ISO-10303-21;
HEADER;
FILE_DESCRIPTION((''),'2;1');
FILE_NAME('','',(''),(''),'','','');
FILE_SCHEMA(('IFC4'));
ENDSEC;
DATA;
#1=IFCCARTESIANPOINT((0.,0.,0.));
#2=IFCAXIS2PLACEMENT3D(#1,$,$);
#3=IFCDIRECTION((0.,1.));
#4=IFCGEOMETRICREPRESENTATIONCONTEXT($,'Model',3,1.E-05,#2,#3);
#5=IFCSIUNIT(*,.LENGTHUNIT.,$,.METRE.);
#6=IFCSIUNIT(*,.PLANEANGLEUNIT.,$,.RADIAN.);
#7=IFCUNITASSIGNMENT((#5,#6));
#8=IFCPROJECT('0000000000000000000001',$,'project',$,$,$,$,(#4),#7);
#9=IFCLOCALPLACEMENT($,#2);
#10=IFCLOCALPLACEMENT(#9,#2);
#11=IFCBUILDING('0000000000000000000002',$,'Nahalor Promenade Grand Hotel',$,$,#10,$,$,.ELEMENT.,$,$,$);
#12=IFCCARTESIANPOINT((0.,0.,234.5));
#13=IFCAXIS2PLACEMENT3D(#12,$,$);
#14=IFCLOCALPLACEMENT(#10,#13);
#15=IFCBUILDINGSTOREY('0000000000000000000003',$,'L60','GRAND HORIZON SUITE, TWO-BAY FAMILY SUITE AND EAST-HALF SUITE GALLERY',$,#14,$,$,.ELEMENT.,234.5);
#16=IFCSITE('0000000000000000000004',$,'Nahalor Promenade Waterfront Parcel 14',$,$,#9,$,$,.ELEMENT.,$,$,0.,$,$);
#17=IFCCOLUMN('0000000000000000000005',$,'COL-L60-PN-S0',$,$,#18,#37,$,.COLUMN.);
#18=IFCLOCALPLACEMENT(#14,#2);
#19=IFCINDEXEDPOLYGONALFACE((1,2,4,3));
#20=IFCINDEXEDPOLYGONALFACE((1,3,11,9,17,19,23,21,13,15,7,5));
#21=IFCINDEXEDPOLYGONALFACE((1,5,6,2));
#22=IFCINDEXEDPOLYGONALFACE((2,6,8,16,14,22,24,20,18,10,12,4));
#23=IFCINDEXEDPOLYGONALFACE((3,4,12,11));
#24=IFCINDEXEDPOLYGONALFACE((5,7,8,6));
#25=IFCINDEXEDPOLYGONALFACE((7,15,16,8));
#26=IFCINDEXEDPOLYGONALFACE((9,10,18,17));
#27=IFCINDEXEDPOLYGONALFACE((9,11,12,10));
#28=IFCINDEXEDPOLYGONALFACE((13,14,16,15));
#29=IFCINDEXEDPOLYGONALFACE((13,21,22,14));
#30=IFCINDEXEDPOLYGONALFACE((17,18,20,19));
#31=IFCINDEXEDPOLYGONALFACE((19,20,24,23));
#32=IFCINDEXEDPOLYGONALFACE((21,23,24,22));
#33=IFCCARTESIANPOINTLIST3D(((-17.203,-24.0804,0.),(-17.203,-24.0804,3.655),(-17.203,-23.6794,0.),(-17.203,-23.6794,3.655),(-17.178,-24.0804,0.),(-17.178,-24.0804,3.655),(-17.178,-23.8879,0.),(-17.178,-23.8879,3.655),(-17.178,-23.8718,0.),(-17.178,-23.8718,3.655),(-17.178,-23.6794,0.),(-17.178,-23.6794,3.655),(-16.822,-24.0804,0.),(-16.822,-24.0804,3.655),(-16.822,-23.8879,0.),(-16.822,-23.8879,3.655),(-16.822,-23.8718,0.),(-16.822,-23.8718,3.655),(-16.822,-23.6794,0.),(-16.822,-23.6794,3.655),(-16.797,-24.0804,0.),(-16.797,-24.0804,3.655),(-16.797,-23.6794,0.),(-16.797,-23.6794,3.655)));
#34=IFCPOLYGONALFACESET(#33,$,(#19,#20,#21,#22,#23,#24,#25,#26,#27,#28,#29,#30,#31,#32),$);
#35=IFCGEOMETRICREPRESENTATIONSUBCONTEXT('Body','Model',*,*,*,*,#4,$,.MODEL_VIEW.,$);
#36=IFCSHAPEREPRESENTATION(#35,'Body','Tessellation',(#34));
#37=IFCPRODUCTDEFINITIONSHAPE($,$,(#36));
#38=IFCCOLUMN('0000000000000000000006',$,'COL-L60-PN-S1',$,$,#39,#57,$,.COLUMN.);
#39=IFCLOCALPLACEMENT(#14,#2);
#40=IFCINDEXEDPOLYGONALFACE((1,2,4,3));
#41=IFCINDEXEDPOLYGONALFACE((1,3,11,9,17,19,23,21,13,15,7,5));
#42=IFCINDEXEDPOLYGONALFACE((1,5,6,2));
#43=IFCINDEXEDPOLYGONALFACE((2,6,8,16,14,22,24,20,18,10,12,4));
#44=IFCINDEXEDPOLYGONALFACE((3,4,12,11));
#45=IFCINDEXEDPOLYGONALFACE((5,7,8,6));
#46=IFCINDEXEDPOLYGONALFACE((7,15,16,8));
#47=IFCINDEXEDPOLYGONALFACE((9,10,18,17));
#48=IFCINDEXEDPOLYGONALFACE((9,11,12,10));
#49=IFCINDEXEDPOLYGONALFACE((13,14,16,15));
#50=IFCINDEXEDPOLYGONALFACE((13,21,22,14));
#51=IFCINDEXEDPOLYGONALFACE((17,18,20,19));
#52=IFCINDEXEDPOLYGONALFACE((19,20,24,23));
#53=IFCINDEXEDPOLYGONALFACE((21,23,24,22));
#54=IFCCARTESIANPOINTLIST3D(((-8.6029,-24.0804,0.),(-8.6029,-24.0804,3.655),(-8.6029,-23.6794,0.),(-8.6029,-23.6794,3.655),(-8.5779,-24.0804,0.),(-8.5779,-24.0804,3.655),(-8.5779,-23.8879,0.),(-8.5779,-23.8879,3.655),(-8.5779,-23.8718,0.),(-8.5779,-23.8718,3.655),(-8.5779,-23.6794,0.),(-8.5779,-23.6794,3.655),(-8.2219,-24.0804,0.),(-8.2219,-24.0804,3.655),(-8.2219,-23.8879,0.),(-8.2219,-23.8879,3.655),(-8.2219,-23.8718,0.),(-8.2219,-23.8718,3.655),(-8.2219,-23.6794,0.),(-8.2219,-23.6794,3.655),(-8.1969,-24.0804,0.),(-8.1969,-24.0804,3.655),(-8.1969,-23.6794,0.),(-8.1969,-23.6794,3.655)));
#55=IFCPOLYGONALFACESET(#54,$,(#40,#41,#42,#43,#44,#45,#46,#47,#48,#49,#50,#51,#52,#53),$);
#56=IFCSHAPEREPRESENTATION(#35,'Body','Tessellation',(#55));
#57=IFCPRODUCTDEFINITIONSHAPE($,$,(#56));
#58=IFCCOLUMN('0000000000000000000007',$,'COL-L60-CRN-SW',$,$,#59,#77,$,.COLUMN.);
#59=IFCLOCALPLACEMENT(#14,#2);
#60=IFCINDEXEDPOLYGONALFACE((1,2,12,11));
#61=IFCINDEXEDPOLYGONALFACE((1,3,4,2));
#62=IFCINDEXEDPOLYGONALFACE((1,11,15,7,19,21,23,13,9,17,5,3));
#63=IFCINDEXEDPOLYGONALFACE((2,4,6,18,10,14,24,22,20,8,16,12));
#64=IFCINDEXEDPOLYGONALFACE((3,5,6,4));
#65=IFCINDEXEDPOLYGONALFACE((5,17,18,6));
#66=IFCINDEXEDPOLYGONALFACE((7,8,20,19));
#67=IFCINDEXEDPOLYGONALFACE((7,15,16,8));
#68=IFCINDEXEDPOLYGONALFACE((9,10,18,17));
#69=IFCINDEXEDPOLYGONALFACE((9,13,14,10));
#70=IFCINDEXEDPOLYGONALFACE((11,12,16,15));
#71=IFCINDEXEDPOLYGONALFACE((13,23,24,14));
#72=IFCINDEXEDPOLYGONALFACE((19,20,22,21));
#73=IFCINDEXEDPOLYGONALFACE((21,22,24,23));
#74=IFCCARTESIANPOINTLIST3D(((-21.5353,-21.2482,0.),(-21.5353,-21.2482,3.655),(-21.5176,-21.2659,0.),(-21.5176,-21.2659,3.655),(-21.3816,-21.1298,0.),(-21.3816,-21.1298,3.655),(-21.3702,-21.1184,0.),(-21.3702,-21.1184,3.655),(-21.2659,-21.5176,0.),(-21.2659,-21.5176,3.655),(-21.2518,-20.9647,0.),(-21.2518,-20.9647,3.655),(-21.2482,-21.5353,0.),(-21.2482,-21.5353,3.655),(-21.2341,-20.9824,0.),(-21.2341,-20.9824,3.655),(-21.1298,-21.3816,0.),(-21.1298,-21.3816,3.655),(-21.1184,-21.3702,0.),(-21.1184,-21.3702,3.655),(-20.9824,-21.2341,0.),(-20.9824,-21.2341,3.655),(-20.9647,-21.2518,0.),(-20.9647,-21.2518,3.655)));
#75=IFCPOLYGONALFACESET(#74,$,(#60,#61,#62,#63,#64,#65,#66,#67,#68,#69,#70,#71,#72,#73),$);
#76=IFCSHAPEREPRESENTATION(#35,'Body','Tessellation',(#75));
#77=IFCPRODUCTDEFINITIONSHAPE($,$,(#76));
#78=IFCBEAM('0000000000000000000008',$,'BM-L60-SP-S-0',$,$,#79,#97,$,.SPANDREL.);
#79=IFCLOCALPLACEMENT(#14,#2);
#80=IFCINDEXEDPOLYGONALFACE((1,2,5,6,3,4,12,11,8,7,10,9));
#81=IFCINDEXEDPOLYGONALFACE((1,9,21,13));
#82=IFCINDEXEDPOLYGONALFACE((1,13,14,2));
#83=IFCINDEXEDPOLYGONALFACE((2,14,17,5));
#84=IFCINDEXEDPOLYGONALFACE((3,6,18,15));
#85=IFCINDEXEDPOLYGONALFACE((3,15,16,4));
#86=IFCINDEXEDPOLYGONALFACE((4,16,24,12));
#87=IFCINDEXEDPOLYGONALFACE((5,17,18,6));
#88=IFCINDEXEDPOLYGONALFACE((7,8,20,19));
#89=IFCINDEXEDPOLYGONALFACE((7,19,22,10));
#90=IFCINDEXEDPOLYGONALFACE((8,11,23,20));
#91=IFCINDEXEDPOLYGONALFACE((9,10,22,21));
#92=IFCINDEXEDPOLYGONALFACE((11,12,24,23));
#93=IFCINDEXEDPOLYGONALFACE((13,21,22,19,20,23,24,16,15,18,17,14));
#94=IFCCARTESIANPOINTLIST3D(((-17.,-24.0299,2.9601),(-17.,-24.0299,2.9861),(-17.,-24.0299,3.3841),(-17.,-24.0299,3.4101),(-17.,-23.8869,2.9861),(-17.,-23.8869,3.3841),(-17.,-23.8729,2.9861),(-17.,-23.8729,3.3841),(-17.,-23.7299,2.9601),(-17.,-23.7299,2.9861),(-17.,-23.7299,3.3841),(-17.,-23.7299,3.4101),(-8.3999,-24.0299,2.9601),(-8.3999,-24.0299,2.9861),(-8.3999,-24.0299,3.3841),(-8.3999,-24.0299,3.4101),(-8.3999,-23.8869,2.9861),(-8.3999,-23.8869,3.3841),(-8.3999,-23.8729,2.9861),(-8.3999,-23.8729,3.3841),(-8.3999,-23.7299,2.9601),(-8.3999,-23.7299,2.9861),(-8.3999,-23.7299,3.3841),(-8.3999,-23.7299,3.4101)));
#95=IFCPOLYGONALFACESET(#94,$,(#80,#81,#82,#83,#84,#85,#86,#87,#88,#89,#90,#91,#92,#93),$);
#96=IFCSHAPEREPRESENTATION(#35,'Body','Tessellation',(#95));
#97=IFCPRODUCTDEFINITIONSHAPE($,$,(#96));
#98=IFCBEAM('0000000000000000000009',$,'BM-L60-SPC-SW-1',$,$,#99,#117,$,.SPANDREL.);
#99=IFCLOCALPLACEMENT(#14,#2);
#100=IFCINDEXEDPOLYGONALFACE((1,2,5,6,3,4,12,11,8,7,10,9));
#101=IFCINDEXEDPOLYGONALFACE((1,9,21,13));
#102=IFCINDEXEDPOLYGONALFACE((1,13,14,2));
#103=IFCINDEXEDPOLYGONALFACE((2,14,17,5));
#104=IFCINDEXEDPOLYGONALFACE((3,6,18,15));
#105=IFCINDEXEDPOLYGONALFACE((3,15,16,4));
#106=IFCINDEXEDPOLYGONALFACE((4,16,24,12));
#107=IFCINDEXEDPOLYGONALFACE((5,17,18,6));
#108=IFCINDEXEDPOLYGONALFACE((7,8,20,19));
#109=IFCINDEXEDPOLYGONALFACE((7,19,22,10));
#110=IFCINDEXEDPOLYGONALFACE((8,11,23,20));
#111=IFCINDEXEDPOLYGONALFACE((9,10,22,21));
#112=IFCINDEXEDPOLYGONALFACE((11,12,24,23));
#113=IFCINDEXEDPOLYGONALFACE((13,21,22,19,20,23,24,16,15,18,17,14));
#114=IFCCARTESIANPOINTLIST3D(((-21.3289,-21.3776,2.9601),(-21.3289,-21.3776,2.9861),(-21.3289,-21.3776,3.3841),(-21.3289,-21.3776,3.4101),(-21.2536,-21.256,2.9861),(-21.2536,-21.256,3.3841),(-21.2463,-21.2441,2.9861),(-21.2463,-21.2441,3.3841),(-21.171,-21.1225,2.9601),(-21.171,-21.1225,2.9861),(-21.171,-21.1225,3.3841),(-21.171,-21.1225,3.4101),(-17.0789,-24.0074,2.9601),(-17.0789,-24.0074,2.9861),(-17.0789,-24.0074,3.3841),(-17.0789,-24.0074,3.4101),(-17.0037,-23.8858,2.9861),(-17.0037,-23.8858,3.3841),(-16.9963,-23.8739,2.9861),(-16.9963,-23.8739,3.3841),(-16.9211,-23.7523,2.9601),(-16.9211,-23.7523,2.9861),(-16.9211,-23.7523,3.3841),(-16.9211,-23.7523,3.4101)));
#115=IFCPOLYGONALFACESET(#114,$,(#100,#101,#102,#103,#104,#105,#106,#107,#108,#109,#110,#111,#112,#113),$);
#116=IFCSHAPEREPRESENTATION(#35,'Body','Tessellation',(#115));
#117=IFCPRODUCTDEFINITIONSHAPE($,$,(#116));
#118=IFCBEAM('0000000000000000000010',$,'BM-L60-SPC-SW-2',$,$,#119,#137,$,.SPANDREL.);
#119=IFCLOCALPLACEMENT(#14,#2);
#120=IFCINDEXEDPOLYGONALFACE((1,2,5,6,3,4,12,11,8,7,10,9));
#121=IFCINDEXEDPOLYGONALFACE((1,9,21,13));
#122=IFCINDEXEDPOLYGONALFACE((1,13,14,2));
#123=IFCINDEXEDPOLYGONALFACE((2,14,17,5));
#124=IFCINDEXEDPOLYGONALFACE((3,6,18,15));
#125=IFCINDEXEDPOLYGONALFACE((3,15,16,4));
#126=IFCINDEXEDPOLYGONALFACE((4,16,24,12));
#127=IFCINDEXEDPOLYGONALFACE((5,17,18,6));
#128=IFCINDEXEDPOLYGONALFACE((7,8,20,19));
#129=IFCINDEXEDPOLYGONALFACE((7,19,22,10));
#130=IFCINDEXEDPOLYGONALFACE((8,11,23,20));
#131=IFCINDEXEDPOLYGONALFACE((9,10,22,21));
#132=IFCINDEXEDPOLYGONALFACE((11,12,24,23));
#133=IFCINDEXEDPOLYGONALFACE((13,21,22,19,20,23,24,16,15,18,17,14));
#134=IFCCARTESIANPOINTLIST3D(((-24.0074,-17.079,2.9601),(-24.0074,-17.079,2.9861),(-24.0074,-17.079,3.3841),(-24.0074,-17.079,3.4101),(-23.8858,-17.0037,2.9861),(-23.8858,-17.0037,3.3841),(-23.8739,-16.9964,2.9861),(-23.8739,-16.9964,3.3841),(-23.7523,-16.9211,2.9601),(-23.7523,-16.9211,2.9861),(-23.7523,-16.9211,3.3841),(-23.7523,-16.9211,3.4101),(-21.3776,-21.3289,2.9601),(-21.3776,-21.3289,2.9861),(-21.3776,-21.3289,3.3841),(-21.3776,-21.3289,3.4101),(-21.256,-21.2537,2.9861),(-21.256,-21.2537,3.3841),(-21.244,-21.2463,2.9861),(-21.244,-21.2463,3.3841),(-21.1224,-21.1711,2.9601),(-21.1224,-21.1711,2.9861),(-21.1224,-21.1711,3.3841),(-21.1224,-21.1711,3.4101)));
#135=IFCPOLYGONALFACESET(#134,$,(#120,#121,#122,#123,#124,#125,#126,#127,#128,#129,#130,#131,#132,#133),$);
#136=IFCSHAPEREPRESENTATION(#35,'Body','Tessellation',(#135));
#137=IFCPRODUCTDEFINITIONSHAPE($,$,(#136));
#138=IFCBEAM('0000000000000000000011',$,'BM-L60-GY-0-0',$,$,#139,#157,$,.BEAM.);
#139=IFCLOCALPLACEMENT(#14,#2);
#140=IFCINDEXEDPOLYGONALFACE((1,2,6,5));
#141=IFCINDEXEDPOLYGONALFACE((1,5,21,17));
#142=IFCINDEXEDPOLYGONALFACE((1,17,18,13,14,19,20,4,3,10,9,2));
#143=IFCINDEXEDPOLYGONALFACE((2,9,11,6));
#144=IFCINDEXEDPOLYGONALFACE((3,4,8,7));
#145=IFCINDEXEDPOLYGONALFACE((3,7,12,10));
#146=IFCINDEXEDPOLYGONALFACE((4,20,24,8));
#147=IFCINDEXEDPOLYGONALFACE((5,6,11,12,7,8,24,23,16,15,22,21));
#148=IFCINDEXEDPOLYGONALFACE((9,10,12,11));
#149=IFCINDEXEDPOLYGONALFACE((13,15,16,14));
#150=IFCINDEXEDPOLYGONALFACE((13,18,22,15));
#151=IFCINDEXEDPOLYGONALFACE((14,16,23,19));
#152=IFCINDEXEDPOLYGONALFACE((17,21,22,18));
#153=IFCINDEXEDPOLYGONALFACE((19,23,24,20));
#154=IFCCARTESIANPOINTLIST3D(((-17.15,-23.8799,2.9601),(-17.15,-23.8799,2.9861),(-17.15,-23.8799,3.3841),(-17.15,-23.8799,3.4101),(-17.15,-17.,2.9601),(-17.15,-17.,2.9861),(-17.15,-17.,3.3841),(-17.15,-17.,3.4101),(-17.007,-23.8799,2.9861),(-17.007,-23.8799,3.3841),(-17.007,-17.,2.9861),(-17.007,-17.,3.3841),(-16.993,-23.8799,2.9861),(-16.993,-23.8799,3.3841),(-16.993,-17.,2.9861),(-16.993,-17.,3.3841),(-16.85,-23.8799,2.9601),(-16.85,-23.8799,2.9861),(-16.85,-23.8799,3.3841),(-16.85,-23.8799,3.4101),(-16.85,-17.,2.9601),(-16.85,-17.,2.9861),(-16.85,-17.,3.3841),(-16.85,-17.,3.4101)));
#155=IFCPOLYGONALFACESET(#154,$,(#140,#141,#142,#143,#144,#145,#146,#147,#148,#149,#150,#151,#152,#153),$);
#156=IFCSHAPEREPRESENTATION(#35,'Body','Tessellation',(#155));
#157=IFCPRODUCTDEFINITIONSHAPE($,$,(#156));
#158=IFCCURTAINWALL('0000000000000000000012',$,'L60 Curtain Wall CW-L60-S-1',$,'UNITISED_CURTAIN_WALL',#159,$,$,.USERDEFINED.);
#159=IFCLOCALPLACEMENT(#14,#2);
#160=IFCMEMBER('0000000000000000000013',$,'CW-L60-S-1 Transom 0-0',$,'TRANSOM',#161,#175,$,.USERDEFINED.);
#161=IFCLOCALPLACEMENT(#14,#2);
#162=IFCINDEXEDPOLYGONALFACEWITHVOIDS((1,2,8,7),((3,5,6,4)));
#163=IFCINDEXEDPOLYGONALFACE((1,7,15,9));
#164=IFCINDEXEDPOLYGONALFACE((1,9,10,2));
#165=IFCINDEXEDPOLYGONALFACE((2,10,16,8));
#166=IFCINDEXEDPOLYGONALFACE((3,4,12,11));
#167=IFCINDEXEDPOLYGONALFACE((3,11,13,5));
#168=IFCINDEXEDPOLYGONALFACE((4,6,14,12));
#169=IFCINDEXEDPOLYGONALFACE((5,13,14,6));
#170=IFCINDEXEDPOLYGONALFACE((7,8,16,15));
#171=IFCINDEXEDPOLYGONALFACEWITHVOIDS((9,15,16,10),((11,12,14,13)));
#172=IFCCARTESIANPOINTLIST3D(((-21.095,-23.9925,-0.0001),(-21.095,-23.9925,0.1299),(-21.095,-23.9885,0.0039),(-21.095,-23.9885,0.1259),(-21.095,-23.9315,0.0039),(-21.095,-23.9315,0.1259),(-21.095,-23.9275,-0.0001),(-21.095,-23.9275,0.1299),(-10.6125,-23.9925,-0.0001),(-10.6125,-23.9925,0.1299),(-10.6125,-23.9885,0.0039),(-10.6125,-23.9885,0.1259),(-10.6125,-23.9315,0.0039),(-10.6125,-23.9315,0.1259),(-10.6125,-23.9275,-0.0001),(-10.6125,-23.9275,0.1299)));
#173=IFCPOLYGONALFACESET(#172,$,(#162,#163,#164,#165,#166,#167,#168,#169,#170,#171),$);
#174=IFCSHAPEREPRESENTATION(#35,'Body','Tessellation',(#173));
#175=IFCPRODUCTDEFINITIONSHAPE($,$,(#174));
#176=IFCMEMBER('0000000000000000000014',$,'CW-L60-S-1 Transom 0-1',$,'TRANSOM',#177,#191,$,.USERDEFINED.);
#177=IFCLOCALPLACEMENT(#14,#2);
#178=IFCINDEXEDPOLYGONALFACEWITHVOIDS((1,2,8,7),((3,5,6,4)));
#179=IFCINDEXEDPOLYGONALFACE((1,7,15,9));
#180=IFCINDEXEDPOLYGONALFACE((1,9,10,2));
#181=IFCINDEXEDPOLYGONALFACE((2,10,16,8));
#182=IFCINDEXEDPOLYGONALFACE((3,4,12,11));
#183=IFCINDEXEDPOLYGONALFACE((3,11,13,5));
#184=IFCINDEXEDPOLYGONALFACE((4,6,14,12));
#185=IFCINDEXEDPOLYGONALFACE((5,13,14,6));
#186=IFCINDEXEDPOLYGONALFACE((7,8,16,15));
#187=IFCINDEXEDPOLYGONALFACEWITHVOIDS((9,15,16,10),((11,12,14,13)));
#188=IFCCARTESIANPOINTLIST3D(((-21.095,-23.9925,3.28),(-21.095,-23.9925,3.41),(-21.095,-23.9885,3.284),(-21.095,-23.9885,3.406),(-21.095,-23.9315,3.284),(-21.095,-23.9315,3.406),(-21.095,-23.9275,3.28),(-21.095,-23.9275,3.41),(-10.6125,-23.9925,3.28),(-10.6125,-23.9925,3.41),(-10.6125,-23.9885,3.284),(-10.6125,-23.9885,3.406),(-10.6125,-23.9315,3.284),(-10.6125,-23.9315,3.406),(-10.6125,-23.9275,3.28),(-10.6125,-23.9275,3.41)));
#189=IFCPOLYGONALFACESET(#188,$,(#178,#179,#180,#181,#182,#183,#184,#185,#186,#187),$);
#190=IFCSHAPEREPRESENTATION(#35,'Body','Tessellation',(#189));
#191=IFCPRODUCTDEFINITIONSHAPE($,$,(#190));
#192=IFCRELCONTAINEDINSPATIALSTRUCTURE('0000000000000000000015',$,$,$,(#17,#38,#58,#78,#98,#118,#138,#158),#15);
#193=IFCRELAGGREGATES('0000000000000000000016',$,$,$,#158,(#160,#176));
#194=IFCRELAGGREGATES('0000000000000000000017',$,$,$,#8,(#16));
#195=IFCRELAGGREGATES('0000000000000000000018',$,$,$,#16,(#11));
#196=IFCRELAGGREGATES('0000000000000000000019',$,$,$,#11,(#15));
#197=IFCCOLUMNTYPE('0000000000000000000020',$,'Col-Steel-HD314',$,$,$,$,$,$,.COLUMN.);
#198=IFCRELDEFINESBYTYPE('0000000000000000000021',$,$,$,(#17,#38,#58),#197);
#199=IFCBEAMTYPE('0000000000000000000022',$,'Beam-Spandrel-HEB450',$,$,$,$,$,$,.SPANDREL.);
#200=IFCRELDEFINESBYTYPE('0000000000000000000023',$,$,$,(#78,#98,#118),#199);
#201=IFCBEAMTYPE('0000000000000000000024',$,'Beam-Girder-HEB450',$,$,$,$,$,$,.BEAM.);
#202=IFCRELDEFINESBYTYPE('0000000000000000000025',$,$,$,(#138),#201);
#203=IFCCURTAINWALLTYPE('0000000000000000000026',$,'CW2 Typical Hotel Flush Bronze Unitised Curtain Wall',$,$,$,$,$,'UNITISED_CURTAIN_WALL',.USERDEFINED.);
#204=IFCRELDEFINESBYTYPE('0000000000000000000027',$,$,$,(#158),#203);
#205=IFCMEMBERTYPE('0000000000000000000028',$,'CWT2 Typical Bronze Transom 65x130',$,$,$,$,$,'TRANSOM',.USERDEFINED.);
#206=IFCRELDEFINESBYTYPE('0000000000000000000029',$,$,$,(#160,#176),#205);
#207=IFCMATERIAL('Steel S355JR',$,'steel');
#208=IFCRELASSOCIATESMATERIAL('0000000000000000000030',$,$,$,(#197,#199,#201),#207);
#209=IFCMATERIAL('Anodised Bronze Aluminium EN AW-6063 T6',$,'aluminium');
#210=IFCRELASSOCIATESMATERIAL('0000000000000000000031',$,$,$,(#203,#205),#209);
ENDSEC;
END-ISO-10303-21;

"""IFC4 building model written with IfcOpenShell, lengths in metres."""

from ifc_helpers import new_model, si_unit, direction, frame, origin, origin_2d, place, context, subcontext, project, spatial, hollow_rectangle, i_section, extrude, source, transform, mapped, material, material_profile, profile_set, type_object, element, aggregate, save


model = new_model("IFC4")

# Units and contexts
model_context = context("Model", 3, precision=1e-05, world=origin(), true_north=direction((0.0, 1.0)))
body_context = subcontext(model_context, "Body", "Model", "MODEL_VIEW")
ifc_project = project(units=[si_unit("LENGTHUNIT", "METRE"), si_unit("PLANEANGLEUNIT", "RADIAN")], contexts=[model_context])

# Site, building, storey
site_placement = place(None, origin())
site = spatial("IfcSite", under=ifc_project, at=site_placement, Name="Nahalor Promenade Waterfront Parcel 14", CompositionType="ELEMENT", RefElevation=0.0)
building_placement = place(site_placement, origin())
building = spatial("IfcBuilding", under=site, at=building_placement, Name="Nahalor Promenade Grand Hotel", CompositionType="ELEMENT")
storey_placement = place(building_placement, frame((0.0, 0.0, 234.5)))
storey = spatial("IfcBuildingStorey", under=building, at=storey_placement, Name="L60", Description="GRAND HORIZON SUITE, TWO-BAY FAMILY SUITE AND EAST-HALF SUITE GALLERY", CompositionType="ELEMENT", Elevation=234.5)

# Columns
ifc_material_1 = material(Name="Steel S355JR", Category="steel")
ifc_material_profile_1 = material_profile(ifc_material_1, i_section(OverallWidth=0.401, OverallDepth=0.406, WebThickness=0.0161, FlangeThickness=0.025, at=origin_2d()), Name="HD 400x314")
ifc_profile_set_1 = profile_set([ifc_material_profile_1], Name="Steel S355JR")
column_type = type_object("IfcColumnType", Name="Col-Steel-HD314", PredefinedType="COLUMN", material=ifc_profile_set_1)
shared_shape_1 = source(origin(), body_context, "Body", "SweptSolid", [
    extrude(i_section(OverallWidth=0.401, OverallDepth=0.406, WebThickness=0.0161, FlangeThickness=0.025, at=origin_2d()), origin(), (0.0, 0.0, 1.0), 3.655),
])
for number, where, z_axis, x_axis, name in (
    (1, (-17.0, -23.8799, 0.0), (0.0, 0.0, 1.0), (0.0, 1.0, 0.0), "COL-L60-PN-S0"),
    (2, (-8.3999, -23.8799, 0.0), (0.0, 0.0, 1.0), (0.0, 1.0, 0.0), "COL-L60-PN-S1"),
    (3, (-21.25, -21.25, 0.0), (0.0, 0.0, 1.0), (0.707107, 0.707107, 0.0), "COL-L60-CRN-SW"),
):
    element("IfcColumn", number, at=place(storey_placement, frame(where, z_axis=z_axis, x_axis=x_axis)), inside=storey, type_object=column_type, Name=name, PredefinedType="COLUMN", context=body_context, shape_type="MappedRepresentation", body=[
        mapped(shared_shape_1, transform((0.0, 0.0, 0.0), scale=1.0)),
    ])

# Beams
ifc_material_profile_2 = material_profile(ifc_material_1, i_section(OverallWidth=0.3, OverallDepth=0.45, WebThickness=0.014, FlangeThickness=0.026, at=origin_2d()), Name="HEB 450")
ifc_profile_set_2 = profile_set([ifc_material_profile_2], Name="Steel S355JR")
beam_type_1 = type_object("IfcBeamType", Name="Beam-Spandrel-HEB450", PredefinedType="SPANDREL", material=ifc_profile_set_2)
shared_shape_2 = source(origin(), body_context, "Body", "SweptSolid", [
    extrude(i_section(OverallWidth=0.3, OverallDepth=0.45, WebThickness=0.014, FlangeThickness=0.026, at=origin_2d()), origin(), (0.0, 0.0, 1.0), 8.6001),
])
beam_1_placement = place(storey_placement, frame((-17.0, -23.8799, 3.1851), z_axis=(1.0, 0.0, 0.0), x_axis=(0.0, 1.0, 0.0)))
element("IfcBeam", 4, at=beam_1_placement, inside=storey, type_object=beam_type_1, Name="BM-L60-SP-S-0", PredefinedType="SPANDREL", context=body_context, shape_type="MappedRepresentation", body=[
    mapped(shared_shape_2, transform((0.0, 0.0, 0.0), scale=1.0)),
])
shared_shape_3 = source(origin(), body_context, "Body", "SweptSolid", [
    extrude(i_section(OverallWidth=0.3, OverallDepth=0.45, WebThickness=0.014, FlangeThickness=0.026, at=origin_2d()), origin(), (0.0, 0.0, 1.0), 4.9978),
])
for number, where, z_axis, x_axis, name in (
    (5, (-17.0, -23.8799, 3.1851), (-0.850361, 0.5262, 0.0), (-0.5262, -0.850361, 0.0), "BM-L60-SPC-SW-1"),
    (6, (-21.25, -21.25, 3.1851), (-0.5262, 0.850361, 0.0), (-0.850361, -0.5262, 0.0), "BM-L60-SPC-SW-2"),
):
    element("IfcBeam", number, at=place(storey_placement, frame(where, z_axis=z_axis, x_axis=x_axis)), inside=storey, type_object=beam_type_1, Name=name, PredefinedType="SPANDREL", context=body_context, shape_type="MappedRepresentation", body=[
        mapped(shared_shape_3, transform((0.0, 0.0, 0.0), scale=1.0)),
    ])
ifc_material_profile_3 = material_profile(ifc_material_1, i_section(OverallWidth=0.3, OverallDepth=0.45, WebThickness=0.014, FlangeThickness=0.026, at=origin_2d()), Name="HEB 450")
ifc_profile_set_3 = profile_set([ifc_material_profile_3], Name="Steel S355JR")
beam_type_2 = type_object("IfcBeamType", Name="Beam-Girder-HEB450", PredefinedType="BEAM", material=ifc_profile_set_3)
shared_shape_4 = source(origin(), body_context, "Body", "SweptSolid", [
    extrude(i_section(OverallWidth=0.3, OverallDepth=0.45, WebThickness=0.014, FlangeThickness=0.026, at=origin_2d()), origin(), (0.0, 0.0, 1.0), 6.8799),
])
beam_2_placement = place(storey_placement, frame((-17.0, -23.8799, 3.1851), z_axis=(0.0, 1.0, 0.0), x_axis=(-1.0, 0.0, 0.0)))
element("IfcBeam", 7, at=beam_2_placement, inside=storey, type_object=beam_type_2, Name="BM-L60-GY-0-0", PredefinedType="BEAM", context=body_context, shape_type="MappedRepresentation", body=[
    mapped(shared_shape_4, transform((0.0, 0.0, 0.0), scale=1.0)),
])

# Curtain wall, members
ifc_material_2 = material(Name="Anodised Bronze Aluminium EN AW-6063 T6", Category="aluminium")
curtain_wall_type = type_object("IfcCurtainWallType", Name="CW2 Typical Hotel Flush Bronze Unitised Curtain Wall", ElementType="UNITISED_CURTAIN_WALL", PredefinedType="USERDEFINED", material=ifc_material_2)
curtain_wall_1_placement = place(storey_placement, origin())
curtain_wall_1 = element("IfcCurtainWall", 8, at=curtain_wall_1_placement, inside=storey, type_object=curtain_wall_type, Name="L60 Curtain Wall CW-L60-S-1", ObjectType="UNITISED_CURTAIN_WALL", PredefinedType="USERDEFINED")
ifc_material_profile_4 = material_profile(ifc_material_2, hollow_rectangle(XDim=0.065, YDim=0.13, WallThickness=0.004, at=origin_2d()), Name="CWT 65x130x4")
ifc_profile_set_4 = profile_set([ifc_material_profile_4], Name="Anodised Bronze Aluminium EN AW-6063 T6")
member_type_1 = type_object("IfcMemberType", Name="CWT2 Typical Bronze Transom 65x130", ElementType="TRANSOM", PredefinedType="USERDEFINED", material=ifc_profile_set_4)
shared_shape_5 = source(origin(), body_context, "Body", "SweptSolid", [
    extrude(hollow_rectangle(XDim=0.065, YDim=0.13, WallThickness=0.004, at=origin_2d()), origin(), (0.0, 0.0, 1.0), 10.4824),
])
member_1_placement = place(storey_placement, frame((-21.095, -23.96, 0.0649), z_axis=(1.0, 0.0, 0.0), x_axis=(0.0, 1.0, 0.0)))
member_1 = element("IfcMember", 9, at=member_1_placement, type_object=member_type_1, Name="CW-L60-S-1 Transom 0-0", ObjectType="TRANSOM", PredefinedType="USERDEFINED", context=body_context, shape_type="MappedRepresentation", body=[
    mapped(shared_shape_5, transform((0.0, 0.0, 0.0), scale=1.0)),
])
member_2_placement = place(storey_placement, frame((-21.095, -23.96, 3.345), z_axis=(1.0, 0.0, 0.0), x_axis=(0.0, 1.0, 0.0)))
member_2 = element("IfcMember", 10, at=member_2_placement, type_object=member_type_1, Name="CW-L60-S-1 Transom 0-1", ObjectType="TRANSOM", PredefinedType="USERDEFINED", context=body_context, shape_type="MappedRepresentation", body=[
    mapped(shared_shape_5, transform((0.0, 0.0, 0.0), scale=1.0)),
])

aggregate(curtain_wall_1, [member_1, member_2])

save(model, "model.ifc")
